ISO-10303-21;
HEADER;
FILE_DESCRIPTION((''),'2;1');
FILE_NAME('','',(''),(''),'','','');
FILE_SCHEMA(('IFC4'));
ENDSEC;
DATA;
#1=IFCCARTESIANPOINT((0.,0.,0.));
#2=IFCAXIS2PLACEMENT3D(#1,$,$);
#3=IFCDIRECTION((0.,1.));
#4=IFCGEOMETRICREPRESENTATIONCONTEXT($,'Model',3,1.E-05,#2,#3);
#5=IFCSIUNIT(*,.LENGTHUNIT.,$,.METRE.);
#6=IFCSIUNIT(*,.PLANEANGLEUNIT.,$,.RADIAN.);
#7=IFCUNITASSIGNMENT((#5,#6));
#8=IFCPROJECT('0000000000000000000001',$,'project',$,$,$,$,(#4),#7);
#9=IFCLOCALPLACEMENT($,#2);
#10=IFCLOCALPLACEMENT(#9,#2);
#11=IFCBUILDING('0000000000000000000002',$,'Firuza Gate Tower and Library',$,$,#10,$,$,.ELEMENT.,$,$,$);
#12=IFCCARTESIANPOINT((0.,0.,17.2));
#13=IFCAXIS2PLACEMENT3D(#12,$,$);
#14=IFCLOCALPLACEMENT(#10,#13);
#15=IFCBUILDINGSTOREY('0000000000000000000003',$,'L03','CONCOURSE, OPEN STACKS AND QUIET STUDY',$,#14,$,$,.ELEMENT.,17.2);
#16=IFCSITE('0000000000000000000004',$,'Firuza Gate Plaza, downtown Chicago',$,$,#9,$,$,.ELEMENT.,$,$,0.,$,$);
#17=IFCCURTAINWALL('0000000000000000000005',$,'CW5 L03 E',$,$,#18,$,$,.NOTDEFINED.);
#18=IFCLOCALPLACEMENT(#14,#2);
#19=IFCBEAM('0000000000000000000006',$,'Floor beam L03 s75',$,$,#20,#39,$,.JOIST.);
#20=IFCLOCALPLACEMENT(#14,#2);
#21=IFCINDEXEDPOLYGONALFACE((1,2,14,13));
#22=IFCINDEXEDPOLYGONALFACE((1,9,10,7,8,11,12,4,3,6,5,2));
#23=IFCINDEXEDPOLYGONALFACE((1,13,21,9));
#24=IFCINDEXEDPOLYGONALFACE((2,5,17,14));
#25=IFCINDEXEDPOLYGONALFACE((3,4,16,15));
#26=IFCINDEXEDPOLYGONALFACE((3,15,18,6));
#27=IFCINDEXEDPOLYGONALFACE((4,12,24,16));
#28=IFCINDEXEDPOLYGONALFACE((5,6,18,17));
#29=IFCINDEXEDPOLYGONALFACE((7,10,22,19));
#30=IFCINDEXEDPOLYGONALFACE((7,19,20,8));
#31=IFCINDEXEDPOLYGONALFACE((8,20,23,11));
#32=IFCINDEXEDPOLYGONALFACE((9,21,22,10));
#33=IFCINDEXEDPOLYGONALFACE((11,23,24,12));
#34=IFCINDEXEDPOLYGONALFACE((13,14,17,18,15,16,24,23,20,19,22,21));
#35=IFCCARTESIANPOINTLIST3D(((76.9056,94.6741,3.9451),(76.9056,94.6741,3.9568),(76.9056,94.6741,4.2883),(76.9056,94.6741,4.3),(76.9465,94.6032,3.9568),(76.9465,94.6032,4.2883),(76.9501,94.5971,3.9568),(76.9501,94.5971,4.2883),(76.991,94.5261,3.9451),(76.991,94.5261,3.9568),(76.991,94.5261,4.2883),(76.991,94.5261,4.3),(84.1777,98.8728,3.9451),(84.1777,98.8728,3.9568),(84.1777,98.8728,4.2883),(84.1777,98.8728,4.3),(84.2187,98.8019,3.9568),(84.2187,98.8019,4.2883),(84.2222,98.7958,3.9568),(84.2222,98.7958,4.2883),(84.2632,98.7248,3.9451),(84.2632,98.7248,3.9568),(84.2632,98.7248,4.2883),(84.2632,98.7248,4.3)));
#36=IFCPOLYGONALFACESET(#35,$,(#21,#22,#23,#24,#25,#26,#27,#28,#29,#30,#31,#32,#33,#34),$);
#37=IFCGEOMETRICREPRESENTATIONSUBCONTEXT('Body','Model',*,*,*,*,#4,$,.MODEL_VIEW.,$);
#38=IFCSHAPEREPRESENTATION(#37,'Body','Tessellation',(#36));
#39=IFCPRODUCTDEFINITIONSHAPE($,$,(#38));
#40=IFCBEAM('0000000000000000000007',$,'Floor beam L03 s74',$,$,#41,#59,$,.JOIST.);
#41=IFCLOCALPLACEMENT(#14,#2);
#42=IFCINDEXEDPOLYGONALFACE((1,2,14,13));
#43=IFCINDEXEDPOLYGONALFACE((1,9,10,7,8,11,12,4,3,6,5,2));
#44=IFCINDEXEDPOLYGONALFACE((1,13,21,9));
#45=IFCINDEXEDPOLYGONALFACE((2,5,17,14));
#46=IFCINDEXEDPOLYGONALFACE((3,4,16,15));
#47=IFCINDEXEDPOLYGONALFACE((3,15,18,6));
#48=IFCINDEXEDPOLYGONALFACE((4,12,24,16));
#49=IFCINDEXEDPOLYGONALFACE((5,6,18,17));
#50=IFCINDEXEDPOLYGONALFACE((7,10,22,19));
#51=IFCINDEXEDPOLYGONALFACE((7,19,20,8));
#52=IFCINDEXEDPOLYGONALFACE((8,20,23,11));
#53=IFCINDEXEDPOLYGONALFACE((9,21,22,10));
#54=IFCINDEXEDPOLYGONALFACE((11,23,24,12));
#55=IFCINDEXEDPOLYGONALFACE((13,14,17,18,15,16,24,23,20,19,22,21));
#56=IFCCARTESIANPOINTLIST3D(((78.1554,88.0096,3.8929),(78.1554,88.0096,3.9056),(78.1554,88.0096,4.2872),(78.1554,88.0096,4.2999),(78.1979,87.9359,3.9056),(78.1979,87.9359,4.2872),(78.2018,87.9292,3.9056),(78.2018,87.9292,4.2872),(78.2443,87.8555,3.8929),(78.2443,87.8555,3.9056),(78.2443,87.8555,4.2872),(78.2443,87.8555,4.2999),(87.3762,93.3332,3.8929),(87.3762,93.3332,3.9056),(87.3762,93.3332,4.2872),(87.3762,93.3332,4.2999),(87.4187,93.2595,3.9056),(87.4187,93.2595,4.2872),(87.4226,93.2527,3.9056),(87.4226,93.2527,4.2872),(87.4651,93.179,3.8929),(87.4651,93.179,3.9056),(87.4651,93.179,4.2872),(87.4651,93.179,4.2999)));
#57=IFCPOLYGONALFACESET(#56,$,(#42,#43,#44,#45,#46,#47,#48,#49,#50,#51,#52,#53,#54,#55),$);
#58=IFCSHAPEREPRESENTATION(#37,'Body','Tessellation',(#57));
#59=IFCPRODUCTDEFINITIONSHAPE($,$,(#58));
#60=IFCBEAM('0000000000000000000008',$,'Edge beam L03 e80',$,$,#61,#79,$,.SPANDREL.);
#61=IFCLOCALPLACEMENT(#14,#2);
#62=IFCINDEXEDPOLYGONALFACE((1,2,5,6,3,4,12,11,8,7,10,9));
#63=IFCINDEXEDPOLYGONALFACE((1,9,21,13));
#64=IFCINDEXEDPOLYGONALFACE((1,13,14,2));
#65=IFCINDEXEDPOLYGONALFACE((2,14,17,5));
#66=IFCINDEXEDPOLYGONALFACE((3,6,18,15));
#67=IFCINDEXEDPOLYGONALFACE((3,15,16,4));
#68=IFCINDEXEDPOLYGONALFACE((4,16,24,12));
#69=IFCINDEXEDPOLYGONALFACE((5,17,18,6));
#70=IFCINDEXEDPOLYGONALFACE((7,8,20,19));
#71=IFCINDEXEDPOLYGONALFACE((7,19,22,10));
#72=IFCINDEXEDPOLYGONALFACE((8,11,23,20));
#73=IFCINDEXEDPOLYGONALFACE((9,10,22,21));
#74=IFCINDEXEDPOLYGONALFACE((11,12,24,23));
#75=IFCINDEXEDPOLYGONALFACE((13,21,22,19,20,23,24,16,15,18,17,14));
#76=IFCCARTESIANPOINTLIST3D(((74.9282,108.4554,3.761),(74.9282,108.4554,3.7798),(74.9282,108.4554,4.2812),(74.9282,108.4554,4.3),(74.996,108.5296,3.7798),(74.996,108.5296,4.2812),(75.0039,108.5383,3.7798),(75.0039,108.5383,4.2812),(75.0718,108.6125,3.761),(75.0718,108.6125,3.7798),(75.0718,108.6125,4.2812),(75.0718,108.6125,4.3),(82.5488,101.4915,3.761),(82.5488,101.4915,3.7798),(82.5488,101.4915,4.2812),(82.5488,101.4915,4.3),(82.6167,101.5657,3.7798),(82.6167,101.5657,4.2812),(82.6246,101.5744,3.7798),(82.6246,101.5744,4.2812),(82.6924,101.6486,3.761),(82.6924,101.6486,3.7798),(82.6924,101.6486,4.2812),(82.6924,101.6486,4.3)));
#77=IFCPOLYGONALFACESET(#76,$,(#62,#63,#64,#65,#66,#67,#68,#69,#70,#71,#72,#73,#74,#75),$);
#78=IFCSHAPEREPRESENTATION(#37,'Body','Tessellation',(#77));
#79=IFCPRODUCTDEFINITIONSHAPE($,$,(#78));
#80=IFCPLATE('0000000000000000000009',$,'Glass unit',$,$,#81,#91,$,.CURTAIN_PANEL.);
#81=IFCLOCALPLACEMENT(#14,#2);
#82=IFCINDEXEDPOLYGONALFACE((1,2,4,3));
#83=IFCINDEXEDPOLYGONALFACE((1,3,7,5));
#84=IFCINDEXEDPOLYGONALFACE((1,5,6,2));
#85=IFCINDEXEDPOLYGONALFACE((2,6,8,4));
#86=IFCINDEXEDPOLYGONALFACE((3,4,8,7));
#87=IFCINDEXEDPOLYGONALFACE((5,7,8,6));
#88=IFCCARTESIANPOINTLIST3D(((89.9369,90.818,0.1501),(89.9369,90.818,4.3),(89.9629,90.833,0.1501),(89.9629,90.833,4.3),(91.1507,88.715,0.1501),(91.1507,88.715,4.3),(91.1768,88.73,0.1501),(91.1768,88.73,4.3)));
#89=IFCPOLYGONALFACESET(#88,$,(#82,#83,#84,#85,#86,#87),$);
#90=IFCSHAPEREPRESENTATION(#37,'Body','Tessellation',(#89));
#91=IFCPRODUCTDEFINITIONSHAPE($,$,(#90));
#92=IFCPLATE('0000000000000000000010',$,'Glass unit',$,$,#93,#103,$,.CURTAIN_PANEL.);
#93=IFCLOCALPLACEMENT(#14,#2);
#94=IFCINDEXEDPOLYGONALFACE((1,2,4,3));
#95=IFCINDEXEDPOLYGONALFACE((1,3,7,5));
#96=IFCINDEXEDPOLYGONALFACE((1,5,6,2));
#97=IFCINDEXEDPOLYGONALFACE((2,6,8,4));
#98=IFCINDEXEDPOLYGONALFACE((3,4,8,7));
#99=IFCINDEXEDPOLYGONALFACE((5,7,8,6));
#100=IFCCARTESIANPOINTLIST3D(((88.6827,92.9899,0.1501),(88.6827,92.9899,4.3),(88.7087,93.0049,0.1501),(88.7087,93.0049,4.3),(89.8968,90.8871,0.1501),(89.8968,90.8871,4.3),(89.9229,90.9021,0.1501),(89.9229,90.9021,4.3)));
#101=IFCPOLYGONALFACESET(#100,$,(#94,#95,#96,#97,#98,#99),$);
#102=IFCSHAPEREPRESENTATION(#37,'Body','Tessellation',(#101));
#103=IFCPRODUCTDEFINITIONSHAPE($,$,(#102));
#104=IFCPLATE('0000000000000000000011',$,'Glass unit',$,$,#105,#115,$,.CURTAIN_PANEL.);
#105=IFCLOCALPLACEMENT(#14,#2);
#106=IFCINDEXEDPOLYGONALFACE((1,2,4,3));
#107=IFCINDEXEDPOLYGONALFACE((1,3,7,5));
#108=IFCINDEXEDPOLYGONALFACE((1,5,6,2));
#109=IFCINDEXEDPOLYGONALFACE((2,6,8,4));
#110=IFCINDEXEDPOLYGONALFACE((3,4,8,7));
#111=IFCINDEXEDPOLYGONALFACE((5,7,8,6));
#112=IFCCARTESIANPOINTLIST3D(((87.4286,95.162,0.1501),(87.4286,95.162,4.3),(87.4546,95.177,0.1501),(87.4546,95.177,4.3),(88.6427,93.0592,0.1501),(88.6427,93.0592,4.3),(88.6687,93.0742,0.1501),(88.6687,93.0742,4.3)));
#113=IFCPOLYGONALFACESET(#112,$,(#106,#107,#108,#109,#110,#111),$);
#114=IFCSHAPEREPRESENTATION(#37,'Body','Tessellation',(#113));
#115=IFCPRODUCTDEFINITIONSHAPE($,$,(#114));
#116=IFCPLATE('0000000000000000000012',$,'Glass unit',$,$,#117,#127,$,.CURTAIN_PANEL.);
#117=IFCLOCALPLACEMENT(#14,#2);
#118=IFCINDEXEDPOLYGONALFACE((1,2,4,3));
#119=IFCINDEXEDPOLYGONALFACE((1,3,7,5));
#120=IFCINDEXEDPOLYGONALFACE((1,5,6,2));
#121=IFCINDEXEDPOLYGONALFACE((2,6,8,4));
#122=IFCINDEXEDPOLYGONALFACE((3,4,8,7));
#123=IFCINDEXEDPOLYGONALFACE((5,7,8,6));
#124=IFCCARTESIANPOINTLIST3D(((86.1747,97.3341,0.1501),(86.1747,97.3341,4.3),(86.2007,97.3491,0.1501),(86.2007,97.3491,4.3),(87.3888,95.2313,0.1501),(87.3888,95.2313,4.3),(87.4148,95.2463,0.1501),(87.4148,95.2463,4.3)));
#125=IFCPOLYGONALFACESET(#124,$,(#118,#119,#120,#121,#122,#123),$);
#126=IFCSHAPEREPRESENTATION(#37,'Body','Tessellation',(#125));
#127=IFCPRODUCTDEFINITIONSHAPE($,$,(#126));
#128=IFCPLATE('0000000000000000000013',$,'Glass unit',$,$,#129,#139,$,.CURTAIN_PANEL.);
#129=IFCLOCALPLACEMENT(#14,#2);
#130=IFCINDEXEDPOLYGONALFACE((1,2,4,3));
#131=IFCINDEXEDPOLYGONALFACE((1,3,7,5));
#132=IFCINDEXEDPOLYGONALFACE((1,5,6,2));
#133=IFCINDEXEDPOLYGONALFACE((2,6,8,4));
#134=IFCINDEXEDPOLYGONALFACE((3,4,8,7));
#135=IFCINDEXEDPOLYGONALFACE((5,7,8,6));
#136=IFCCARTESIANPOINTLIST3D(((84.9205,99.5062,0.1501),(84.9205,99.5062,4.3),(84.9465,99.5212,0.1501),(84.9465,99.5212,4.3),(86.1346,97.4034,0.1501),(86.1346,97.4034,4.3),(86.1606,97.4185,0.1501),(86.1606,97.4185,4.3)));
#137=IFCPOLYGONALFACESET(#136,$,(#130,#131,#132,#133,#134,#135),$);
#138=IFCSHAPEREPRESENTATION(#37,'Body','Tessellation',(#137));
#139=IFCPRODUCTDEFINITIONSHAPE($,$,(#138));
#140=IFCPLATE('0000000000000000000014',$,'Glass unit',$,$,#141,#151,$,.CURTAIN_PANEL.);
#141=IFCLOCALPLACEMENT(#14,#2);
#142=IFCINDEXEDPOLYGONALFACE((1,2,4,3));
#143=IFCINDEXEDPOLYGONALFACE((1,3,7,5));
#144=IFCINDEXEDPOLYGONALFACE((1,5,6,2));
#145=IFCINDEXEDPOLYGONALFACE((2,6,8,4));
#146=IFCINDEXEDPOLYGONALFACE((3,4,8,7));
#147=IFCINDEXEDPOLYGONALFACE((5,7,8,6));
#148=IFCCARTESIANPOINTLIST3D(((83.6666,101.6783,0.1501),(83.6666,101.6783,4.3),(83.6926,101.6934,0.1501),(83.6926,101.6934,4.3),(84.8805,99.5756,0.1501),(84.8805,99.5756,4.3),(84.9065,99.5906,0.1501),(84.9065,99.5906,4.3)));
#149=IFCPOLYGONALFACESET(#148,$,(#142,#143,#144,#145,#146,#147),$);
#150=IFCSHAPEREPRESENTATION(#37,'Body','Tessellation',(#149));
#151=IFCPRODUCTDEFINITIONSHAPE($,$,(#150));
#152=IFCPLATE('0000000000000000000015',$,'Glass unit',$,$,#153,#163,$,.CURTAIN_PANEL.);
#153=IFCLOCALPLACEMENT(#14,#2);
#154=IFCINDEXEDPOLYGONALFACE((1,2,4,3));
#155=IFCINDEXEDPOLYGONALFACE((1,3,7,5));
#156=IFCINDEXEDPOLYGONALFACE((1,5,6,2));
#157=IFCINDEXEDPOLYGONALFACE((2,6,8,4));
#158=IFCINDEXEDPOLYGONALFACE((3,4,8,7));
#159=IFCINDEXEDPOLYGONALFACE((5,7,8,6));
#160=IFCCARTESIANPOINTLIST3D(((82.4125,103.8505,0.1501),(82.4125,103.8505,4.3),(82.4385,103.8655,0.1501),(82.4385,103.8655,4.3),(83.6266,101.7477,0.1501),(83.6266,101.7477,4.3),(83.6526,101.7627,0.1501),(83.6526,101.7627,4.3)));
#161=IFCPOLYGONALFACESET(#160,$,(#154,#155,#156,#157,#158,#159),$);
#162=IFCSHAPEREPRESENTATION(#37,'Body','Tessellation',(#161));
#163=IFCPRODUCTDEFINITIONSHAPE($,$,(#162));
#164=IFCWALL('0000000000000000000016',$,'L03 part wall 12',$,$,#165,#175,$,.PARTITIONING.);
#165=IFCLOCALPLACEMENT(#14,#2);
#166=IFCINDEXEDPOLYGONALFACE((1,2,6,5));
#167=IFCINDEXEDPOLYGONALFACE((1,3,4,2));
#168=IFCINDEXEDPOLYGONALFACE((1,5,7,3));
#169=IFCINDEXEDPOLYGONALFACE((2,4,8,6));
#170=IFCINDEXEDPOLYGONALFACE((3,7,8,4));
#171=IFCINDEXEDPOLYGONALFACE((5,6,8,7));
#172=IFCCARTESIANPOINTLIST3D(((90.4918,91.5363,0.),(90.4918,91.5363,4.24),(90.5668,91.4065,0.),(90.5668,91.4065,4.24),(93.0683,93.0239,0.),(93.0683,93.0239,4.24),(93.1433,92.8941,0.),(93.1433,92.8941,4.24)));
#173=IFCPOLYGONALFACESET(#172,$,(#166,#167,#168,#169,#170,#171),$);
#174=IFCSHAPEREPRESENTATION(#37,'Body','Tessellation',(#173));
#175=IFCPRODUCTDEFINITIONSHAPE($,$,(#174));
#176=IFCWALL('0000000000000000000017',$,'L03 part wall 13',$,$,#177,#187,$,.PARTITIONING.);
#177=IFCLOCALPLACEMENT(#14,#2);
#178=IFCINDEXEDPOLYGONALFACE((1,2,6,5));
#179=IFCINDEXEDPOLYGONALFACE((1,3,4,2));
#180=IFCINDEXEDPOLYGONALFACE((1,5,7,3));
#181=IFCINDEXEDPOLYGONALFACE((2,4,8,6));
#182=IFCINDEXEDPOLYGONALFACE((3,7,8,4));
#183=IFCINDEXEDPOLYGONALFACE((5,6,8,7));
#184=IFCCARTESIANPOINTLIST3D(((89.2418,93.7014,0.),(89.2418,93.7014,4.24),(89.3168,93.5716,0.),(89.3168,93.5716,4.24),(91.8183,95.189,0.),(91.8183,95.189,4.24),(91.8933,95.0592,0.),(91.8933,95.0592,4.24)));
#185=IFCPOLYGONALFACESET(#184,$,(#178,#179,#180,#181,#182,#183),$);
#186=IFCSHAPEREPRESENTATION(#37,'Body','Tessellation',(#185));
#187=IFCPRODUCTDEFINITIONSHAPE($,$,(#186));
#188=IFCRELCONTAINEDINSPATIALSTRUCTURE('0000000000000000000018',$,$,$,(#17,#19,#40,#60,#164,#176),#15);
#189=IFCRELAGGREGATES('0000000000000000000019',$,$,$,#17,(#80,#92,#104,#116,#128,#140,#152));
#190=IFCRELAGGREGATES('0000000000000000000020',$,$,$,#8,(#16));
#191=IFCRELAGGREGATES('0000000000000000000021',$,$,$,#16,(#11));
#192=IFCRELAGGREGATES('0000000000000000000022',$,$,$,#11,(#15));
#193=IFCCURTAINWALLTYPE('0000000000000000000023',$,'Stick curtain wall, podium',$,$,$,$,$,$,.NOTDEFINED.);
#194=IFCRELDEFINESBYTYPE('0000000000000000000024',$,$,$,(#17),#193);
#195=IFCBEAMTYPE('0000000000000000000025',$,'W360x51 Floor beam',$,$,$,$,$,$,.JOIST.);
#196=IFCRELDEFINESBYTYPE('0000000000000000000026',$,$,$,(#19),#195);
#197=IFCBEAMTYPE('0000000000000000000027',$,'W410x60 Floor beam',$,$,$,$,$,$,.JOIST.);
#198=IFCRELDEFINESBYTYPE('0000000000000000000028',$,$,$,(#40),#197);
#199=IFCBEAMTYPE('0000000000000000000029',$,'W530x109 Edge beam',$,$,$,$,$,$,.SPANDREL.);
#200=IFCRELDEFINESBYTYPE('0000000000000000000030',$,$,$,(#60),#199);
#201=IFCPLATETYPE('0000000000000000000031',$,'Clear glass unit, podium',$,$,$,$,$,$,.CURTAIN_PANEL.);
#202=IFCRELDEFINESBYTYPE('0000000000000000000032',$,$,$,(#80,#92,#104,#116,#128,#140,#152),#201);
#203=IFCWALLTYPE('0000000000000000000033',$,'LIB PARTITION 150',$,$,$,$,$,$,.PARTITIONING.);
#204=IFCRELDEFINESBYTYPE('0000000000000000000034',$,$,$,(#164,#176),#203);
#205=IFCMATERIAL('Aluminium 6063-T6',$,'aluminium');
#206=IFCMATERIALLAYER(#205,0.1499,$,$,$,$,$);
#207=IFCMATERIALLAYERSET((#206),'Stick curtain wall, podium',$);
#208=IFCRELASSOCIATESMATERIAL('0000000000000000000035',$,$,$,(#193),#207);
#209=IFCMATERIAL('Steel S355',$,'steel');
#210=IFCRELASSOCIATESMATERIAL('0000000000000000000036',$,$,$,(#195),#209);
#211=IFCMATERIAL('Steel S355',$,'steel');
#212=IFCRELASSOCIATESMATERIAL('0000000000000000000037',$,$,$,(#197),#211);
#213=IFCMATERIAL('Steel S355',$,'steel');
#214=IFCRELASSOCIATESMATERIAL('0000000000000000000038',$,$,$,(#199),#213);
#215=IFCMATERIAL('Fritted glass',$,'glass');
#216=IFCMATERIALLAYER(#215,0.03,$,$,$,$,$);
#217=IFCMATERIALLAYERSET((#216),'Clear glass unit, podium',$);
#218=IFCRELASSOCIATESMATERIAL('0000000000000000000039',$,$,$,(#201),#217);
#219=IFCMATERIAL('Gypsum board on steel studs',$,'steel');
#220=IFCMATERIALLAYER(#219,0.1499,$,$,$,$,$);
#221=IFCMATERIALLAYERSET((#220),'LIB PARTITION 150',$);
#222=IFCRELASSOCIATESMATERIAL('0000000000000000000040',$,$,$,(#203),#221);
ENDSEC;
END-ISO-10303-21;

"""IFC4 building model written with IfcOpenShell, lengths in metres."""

from ifc_helpers import new_model, si_unit, direction, frame, frame_2d, origin, origin_2d, place, context, subcontext, project, spatial, polyline, rectangle, i_section, outline, extrude, material, layer, layer_set, material_profile, profile_set, type_object, element, aggregate, save


model = new_model("IFC4")

# Units and contexts
model_context = context("Model", 3, precision=1e-05, world=origin(), true_north=direction((0.0, 1.0)))
body_context = subcontext(model_context, "Body", "Model", "MODEL_VIEW")
ifc_project = project(units=[si_unit("LENGTHUNIT", "METRE"), si_unit("PLANEANGLEUNIT", "RADIAN")], contexts=[model_context])

# Site, building, storey
site_placement = place(None, origin())
site = spatial("IfcSite", under=ifc_project, at=site_placement, Name="Firuza Gate Plaza, downtown Chicago", CompositionType="ELEMENT", RefElevation=0.0)
building_placement = place(site_placement, origin())
building = spatial("IfcBuilding", under=site, at=building_placement, Name="Firuza Gate Tower and Library", CompositionType="ELEMENT")
storey_placement = place(building_placement, frame((0.0, 0.0, 17.2)))
storey = spatial("IfcBuildingStorey", under=building, at=storey_placement, Name="L03", Description="CONCOURSE, OPEN STACKS AND QUIET STUDY", CompositionType="ELEMENT", Elevation=17.2)

# Curtain wall
ifc_material_1 = material(Name="Aluminium 6063-T6", Category="aluminium")
ifc_layer_1 = layer(ifc_material_1, 0.1499)
ifc_layer_set_1 = layer_set([ifc_layer_1], Name="Stick curtain wall, podium")
curtain_wall_type = type_object("IfcCurtainWallType", Name="Stick curtain wall, podium", PredefinedType="NOTDEFINED", material=ifc_layer_set_1)
placement = place(storey_placement, origin())
curtain_wall = element("IfcCurtainWall", 1, at=placement, inside=storey, type_object=curtain_wall_type, Name="CW5 L03 E", PredefinedType="NOTDEFINED")

# Beams
ifc_material_2 = material(Name="Steel S355", Category="steel")
ifc_material_profile_1 = material_profile(ifc_material_2, i_section(OverallWidth=0.1709, OverallDepth=0.355, WebThickness=0.0071, FlangeThickness=0.0117, at=origin_2d()))
ifc_profile_set_1 = profile_set([ifc_material_profile_1], Name="Steel S355")
beam_type_1 = type_object("IfcBeamType", Name="W360x51 Floor beam", PredefinedType="JOIST", material=ifc_profile_set_1)
beam_1_placement = place(storey_placement, frame((84.2205, 98.7988, 4.1226), z_axis=(-0.86602, -0.50001, 0.0), x_axis=(0.50001, -0.86602, 0.0)))
element("IfcBeam", 2, at=beam_1_placement, inside=storey, type_object=beam_type_1, Name="Floor beam L03 s75", PredefinedType="JOIST", context=body_context, shape_type="SweptSolid", body=[
    extrude(i_section(OverallWidth=0.1709, OverallDepth=0.355, WebThickness=0.0071, FlangeThickness=0.0117, at=origin_2d()), origin(), (0.0, 0.0, 1.0), 8.3972),
])
ifc_material_3 = material(Name="Steel S355", Category="steel")
ifc_material_profile_2 = material_profile(ifc_material_3, i_section(OverallWidth=0.178, OverallDepth=0.407, WebThickness=0.0078, FlangeThickness=0.0127, at=origin_2d()))
ifc_profile_set_2 = profile_set([ifc_material_profile_2], Name="Steel S355")
beam_type_2 = type_object("IfcBeamType", Name="W410x60 Floor beam", PredefinedType="JOIST", material=ifc_profile_set_2)
beam_2_placement = place(storey_placement, frame((87.4207, 93.2561, 4.0964), z_axis=(-0.866029, -0.499994, 0.0), x_axis=(0.499994, -0.866029, 0.0)))
element("IfcBeam", 3, at=beam_2_placement, inside=storey, type_object=beam_type_2, Name="Floor beam L03 s74", PredefinedType="JOIST", context=body_context, shape_type="SweptSolid", body=[
    extrude(i_section(OverallWidth=0.178, OverallDepth=0.407, WebThickness=0.0078, FlangeThickness=0.0127, at=origin_2d()), origin(), (0.0, 0.0, 1.0), 10.6472),
])
ifc_material_4 = material(Name="Steel S355", Category="steel")
ifc_material_profile_3 = material_profile(ifc_material_4, i_section(OverallWidth=0.2129, OverallDepth=0.5391, WebThickness=0.0117, FlangeThickness=0.0188, at=origin_2d()))
ifc_profile_set_3 = profile_set([ifc_material_profile_3], Name="Steel S355")
beam_type_3 = type_object("IfcBeamType", Name="W530x109 Edge beam", PredefinedType="SPANDREL", material=ifc_profile_set_3)
beam_3_placement = place(storey_placement, frame((82.6206, 101.5701, 4.0305), z_axis=(-0.7382, 0.674582, 0.0), x_axis=(-0.674582, -0.7382, 0.0)))
element("IfcBeam", 4, at=beam_3_placement, inside=storey, type_object=beam_type_3, Name="Edge beam L03 e80", PredefinedType="SPANDREL", context=body_context, shape_type="SweptSolid", body=[
    extrude(i_section(OverallWidth=0.2129, OverallDepth=0.5391, WebThickness=0.0117, FlangeThickness=0.0188, at=origin_2d()), origin(), (0.0, 0.0, 1.0), 10.3232),
])

# Plates
ifc_material_5 = material(Name="Fritted glass", Category="glass")
ifc_layer_2 = layer(ifc_material_5, 0.03)
ifc_layer_set_2 = layer_set([ifc_layer_2], Name="Clear glass unit, podium")
plate_type = type_object("IfcPlateType", Name="Clear glass unit, podium", PredefinedType="CURTAIN_PANEL", material=ifc_layer_set_2)
plate_1_placement = place(storey_placement, frame((91.1768, 88.73, 0.1501), z_axis=(0.866082, 0.499902, 0.0), x_axis=(-0.499902, 0.866082, 0.0)))
plate_1 = element("IfcPlate", 5, at=plate_1_placement, type_object=plate_type, Name="Glass unit", PredefinedType="CURTAIN_PANEL", context=body_context, shape_type="SweptSolid", body=[
    extrude(outline(polyline([(0.0, 0.0), (2.4282, 0.0), (2.4282, 4.1499), (0.0, 4.1499), (0.0, 0.0)])), origin(), (0.0, 0.0, -1.0), 0.03),
])
plate_2_placement = place(storey_placement, frame((89.9229, 90.9021, 0.1501), z_axis=(0.866013, 0.500021, 0.0), x_axis=(-0.500021, 0.866013, 0.0)))
plate_2 = element("IfcPlate", 6, at=plate_2_placement, type_object=plate_type, Name="Glass unit", PredefinedType="CURTAIN_PANEL", context=body_context, shape_type="SweptSolid", body=[
    extrude(outline(polyline([(0.0, 0.0), (2.4281, 0.0), (2.4281, 4.1499), (0.0, 4.1499), (0.0, 0.0)])), origin(), (0.0, 0.0, -1.0), 0.03),
])
plate_3_placement = place(storey_placement, frame((88.6687, 93.0742, 0.1501), z_axis=(0.866013, 0.500021, 0.0), x_axis=(-0.500021, 0.866013, 0.0)))
plate_3 = element("IfcPlate", 7, at=plate_3_placement, type_object=plate_type, Name="Glass unit", PredefinedType="CURTAIN_PANEL", context=body_context, shape_type="SweptSolid", body=[
    extrude(outline(polyline([(0.0, 0.0), (2.4281, 0.0), (2.4281, 4.1499), (0.0, 4.1499), (0.0, 0.0)])), origin(), (0.0, 0.0, -1.0), 0.03),
])
plate_4_placement = place(storey_placement, frame((87.4148, 95.2463, 0.1501), z_axis=(0.866013, 0.500021, 0.0), x_axis=(-0.500021, 0.866013, 0.0)))
plate_4 = element("IfcPlate", 8, at=plate_4_placement, type_object=plate_type, Name="Glass unit", PredefinedType="CURTAIN_PANEL", context=body_context, shape_type="SweptSolid", body=[
    extrude(outline(polyline([(0.0, 0.0), (2.4281, 0.0), (2.4281, 4.1499), (0.0, 4.1499), (0.0, 0.0)])), origin(), (0.0, 0.0, -1.0), 0.03),
])
plate_5_placement = place(storey_placement, frame((86.1606, 97.4185, 0.1501), z_axis=(0.866013, 0.500021, 0.0), x_axis=(-0.500021, 0.866013, 0.0)))
plate_5 = element("IfcPlate", 9, at=plate_5_placement, type_object=plate_type, Name="Glass unit", PredefinedType="CURTAIN_PANEL", context=body_context, shape_type="SweptSolid", body=[
    extrude(outline(polyline([(0.0, 0.0), (2.4281, 0.0), (2.4281, 4.1499), (0.0, 4.1499), (0.0, 0.0)])), origin(), (0.0, 0.0, -1.0), 0.03),
])
plate_6_placement = place(storey_placement, frame((84.9065, 99.5906, 0.1501), z_axis=(0.866057, 0.499946, 0.0), x_axis=(-0.499946, 0.866057, 0.0)))
plate_6 = element("IfcPlate", 10, at=plate_6_placement, type_object=plate_type, Name="Glass unit", PredefinedType="CURTAIN_PANEL", context=body_context, shape_type="SweptSolid", body=[
    extrude(outline(polyline([(0.0, 0.0), (2.428, 0.0), (2.428, 4.1499), (0.0, 4.1499), (0.0, 0.0)])), origin(), (0.0, 0.0, -1.0), 0.03),
])
plate_7_placement = place(storey_placement, frame((83.6526, 101.7627, 0.1501), z_axis=(0.866013, 0.500021, 0.0), x_axis=(-0.500021, 0.866013, 0.0)))
plate_7 = element("IfcPlate", 11, at=plate_7_placement, type_object=plate_type, Name="Glass unit", PredefinedType="CURTAIN_PANEL", context=body_context, shape_type="SweptSolid", body=[
    extrude(outline(polyline([(0.0, 0.0), (2.4281, 0.0), (2.4281, 4.1499), (0.0, 4.1499), (0.0, 0.0)])), origin(), (0.0, 0.0, -1.0), 0.03),
])
aggregate(curtain_wall, [plate_1, plate_2, plate_3, plate_4, plate_5, plate_6, plate_7])

# Walls
ifc_material_6 = material(Name="Gypsum board on steel studs", Category="steel")
ifc_layer_3 = layer(ifc_material_6, 0.1499)
ifc_layer_set_3 = layer_set([ifc_layer_3], Name="LIB PARTITION 150")
wall_type_1 = type_object("IfcWallType", Name="LIB PARTITION 150", PredefinedType="PARTITIONING", material=ifc_layer_set_3)
for number, where, z_axis, x_axis, name in (
    (12, (90.5293, 91.4714, 0.0), (0.0, 0.0, 1.0), (0.866017, 0.500014, 0.0), "L03 part wall 12"),
    (13, (89.2793, 93.6365, 0.0), (0.0, 0.0, 1.0), (0.866017, 0.500014, 0.0), "L03 part wall 13"),
):
    element("IfcWall", number, at=place(storey_placement, frame(where, z_axis=z_axis, x_axis=x_axis)), inside=storey, type_object=wall_type_1, Name=name, PredefinedType="PARTITIONING", context=body_context, shape_type="SweptSolid", body=[
        extrude(rectangle(XDim=2.9751, YDim=0.1499, at=frame_2d((1.4875, 0.0))), origin(), (0.0, 0.0, 1.0), 4.24),
    ])

save(model, "model.ifc")
